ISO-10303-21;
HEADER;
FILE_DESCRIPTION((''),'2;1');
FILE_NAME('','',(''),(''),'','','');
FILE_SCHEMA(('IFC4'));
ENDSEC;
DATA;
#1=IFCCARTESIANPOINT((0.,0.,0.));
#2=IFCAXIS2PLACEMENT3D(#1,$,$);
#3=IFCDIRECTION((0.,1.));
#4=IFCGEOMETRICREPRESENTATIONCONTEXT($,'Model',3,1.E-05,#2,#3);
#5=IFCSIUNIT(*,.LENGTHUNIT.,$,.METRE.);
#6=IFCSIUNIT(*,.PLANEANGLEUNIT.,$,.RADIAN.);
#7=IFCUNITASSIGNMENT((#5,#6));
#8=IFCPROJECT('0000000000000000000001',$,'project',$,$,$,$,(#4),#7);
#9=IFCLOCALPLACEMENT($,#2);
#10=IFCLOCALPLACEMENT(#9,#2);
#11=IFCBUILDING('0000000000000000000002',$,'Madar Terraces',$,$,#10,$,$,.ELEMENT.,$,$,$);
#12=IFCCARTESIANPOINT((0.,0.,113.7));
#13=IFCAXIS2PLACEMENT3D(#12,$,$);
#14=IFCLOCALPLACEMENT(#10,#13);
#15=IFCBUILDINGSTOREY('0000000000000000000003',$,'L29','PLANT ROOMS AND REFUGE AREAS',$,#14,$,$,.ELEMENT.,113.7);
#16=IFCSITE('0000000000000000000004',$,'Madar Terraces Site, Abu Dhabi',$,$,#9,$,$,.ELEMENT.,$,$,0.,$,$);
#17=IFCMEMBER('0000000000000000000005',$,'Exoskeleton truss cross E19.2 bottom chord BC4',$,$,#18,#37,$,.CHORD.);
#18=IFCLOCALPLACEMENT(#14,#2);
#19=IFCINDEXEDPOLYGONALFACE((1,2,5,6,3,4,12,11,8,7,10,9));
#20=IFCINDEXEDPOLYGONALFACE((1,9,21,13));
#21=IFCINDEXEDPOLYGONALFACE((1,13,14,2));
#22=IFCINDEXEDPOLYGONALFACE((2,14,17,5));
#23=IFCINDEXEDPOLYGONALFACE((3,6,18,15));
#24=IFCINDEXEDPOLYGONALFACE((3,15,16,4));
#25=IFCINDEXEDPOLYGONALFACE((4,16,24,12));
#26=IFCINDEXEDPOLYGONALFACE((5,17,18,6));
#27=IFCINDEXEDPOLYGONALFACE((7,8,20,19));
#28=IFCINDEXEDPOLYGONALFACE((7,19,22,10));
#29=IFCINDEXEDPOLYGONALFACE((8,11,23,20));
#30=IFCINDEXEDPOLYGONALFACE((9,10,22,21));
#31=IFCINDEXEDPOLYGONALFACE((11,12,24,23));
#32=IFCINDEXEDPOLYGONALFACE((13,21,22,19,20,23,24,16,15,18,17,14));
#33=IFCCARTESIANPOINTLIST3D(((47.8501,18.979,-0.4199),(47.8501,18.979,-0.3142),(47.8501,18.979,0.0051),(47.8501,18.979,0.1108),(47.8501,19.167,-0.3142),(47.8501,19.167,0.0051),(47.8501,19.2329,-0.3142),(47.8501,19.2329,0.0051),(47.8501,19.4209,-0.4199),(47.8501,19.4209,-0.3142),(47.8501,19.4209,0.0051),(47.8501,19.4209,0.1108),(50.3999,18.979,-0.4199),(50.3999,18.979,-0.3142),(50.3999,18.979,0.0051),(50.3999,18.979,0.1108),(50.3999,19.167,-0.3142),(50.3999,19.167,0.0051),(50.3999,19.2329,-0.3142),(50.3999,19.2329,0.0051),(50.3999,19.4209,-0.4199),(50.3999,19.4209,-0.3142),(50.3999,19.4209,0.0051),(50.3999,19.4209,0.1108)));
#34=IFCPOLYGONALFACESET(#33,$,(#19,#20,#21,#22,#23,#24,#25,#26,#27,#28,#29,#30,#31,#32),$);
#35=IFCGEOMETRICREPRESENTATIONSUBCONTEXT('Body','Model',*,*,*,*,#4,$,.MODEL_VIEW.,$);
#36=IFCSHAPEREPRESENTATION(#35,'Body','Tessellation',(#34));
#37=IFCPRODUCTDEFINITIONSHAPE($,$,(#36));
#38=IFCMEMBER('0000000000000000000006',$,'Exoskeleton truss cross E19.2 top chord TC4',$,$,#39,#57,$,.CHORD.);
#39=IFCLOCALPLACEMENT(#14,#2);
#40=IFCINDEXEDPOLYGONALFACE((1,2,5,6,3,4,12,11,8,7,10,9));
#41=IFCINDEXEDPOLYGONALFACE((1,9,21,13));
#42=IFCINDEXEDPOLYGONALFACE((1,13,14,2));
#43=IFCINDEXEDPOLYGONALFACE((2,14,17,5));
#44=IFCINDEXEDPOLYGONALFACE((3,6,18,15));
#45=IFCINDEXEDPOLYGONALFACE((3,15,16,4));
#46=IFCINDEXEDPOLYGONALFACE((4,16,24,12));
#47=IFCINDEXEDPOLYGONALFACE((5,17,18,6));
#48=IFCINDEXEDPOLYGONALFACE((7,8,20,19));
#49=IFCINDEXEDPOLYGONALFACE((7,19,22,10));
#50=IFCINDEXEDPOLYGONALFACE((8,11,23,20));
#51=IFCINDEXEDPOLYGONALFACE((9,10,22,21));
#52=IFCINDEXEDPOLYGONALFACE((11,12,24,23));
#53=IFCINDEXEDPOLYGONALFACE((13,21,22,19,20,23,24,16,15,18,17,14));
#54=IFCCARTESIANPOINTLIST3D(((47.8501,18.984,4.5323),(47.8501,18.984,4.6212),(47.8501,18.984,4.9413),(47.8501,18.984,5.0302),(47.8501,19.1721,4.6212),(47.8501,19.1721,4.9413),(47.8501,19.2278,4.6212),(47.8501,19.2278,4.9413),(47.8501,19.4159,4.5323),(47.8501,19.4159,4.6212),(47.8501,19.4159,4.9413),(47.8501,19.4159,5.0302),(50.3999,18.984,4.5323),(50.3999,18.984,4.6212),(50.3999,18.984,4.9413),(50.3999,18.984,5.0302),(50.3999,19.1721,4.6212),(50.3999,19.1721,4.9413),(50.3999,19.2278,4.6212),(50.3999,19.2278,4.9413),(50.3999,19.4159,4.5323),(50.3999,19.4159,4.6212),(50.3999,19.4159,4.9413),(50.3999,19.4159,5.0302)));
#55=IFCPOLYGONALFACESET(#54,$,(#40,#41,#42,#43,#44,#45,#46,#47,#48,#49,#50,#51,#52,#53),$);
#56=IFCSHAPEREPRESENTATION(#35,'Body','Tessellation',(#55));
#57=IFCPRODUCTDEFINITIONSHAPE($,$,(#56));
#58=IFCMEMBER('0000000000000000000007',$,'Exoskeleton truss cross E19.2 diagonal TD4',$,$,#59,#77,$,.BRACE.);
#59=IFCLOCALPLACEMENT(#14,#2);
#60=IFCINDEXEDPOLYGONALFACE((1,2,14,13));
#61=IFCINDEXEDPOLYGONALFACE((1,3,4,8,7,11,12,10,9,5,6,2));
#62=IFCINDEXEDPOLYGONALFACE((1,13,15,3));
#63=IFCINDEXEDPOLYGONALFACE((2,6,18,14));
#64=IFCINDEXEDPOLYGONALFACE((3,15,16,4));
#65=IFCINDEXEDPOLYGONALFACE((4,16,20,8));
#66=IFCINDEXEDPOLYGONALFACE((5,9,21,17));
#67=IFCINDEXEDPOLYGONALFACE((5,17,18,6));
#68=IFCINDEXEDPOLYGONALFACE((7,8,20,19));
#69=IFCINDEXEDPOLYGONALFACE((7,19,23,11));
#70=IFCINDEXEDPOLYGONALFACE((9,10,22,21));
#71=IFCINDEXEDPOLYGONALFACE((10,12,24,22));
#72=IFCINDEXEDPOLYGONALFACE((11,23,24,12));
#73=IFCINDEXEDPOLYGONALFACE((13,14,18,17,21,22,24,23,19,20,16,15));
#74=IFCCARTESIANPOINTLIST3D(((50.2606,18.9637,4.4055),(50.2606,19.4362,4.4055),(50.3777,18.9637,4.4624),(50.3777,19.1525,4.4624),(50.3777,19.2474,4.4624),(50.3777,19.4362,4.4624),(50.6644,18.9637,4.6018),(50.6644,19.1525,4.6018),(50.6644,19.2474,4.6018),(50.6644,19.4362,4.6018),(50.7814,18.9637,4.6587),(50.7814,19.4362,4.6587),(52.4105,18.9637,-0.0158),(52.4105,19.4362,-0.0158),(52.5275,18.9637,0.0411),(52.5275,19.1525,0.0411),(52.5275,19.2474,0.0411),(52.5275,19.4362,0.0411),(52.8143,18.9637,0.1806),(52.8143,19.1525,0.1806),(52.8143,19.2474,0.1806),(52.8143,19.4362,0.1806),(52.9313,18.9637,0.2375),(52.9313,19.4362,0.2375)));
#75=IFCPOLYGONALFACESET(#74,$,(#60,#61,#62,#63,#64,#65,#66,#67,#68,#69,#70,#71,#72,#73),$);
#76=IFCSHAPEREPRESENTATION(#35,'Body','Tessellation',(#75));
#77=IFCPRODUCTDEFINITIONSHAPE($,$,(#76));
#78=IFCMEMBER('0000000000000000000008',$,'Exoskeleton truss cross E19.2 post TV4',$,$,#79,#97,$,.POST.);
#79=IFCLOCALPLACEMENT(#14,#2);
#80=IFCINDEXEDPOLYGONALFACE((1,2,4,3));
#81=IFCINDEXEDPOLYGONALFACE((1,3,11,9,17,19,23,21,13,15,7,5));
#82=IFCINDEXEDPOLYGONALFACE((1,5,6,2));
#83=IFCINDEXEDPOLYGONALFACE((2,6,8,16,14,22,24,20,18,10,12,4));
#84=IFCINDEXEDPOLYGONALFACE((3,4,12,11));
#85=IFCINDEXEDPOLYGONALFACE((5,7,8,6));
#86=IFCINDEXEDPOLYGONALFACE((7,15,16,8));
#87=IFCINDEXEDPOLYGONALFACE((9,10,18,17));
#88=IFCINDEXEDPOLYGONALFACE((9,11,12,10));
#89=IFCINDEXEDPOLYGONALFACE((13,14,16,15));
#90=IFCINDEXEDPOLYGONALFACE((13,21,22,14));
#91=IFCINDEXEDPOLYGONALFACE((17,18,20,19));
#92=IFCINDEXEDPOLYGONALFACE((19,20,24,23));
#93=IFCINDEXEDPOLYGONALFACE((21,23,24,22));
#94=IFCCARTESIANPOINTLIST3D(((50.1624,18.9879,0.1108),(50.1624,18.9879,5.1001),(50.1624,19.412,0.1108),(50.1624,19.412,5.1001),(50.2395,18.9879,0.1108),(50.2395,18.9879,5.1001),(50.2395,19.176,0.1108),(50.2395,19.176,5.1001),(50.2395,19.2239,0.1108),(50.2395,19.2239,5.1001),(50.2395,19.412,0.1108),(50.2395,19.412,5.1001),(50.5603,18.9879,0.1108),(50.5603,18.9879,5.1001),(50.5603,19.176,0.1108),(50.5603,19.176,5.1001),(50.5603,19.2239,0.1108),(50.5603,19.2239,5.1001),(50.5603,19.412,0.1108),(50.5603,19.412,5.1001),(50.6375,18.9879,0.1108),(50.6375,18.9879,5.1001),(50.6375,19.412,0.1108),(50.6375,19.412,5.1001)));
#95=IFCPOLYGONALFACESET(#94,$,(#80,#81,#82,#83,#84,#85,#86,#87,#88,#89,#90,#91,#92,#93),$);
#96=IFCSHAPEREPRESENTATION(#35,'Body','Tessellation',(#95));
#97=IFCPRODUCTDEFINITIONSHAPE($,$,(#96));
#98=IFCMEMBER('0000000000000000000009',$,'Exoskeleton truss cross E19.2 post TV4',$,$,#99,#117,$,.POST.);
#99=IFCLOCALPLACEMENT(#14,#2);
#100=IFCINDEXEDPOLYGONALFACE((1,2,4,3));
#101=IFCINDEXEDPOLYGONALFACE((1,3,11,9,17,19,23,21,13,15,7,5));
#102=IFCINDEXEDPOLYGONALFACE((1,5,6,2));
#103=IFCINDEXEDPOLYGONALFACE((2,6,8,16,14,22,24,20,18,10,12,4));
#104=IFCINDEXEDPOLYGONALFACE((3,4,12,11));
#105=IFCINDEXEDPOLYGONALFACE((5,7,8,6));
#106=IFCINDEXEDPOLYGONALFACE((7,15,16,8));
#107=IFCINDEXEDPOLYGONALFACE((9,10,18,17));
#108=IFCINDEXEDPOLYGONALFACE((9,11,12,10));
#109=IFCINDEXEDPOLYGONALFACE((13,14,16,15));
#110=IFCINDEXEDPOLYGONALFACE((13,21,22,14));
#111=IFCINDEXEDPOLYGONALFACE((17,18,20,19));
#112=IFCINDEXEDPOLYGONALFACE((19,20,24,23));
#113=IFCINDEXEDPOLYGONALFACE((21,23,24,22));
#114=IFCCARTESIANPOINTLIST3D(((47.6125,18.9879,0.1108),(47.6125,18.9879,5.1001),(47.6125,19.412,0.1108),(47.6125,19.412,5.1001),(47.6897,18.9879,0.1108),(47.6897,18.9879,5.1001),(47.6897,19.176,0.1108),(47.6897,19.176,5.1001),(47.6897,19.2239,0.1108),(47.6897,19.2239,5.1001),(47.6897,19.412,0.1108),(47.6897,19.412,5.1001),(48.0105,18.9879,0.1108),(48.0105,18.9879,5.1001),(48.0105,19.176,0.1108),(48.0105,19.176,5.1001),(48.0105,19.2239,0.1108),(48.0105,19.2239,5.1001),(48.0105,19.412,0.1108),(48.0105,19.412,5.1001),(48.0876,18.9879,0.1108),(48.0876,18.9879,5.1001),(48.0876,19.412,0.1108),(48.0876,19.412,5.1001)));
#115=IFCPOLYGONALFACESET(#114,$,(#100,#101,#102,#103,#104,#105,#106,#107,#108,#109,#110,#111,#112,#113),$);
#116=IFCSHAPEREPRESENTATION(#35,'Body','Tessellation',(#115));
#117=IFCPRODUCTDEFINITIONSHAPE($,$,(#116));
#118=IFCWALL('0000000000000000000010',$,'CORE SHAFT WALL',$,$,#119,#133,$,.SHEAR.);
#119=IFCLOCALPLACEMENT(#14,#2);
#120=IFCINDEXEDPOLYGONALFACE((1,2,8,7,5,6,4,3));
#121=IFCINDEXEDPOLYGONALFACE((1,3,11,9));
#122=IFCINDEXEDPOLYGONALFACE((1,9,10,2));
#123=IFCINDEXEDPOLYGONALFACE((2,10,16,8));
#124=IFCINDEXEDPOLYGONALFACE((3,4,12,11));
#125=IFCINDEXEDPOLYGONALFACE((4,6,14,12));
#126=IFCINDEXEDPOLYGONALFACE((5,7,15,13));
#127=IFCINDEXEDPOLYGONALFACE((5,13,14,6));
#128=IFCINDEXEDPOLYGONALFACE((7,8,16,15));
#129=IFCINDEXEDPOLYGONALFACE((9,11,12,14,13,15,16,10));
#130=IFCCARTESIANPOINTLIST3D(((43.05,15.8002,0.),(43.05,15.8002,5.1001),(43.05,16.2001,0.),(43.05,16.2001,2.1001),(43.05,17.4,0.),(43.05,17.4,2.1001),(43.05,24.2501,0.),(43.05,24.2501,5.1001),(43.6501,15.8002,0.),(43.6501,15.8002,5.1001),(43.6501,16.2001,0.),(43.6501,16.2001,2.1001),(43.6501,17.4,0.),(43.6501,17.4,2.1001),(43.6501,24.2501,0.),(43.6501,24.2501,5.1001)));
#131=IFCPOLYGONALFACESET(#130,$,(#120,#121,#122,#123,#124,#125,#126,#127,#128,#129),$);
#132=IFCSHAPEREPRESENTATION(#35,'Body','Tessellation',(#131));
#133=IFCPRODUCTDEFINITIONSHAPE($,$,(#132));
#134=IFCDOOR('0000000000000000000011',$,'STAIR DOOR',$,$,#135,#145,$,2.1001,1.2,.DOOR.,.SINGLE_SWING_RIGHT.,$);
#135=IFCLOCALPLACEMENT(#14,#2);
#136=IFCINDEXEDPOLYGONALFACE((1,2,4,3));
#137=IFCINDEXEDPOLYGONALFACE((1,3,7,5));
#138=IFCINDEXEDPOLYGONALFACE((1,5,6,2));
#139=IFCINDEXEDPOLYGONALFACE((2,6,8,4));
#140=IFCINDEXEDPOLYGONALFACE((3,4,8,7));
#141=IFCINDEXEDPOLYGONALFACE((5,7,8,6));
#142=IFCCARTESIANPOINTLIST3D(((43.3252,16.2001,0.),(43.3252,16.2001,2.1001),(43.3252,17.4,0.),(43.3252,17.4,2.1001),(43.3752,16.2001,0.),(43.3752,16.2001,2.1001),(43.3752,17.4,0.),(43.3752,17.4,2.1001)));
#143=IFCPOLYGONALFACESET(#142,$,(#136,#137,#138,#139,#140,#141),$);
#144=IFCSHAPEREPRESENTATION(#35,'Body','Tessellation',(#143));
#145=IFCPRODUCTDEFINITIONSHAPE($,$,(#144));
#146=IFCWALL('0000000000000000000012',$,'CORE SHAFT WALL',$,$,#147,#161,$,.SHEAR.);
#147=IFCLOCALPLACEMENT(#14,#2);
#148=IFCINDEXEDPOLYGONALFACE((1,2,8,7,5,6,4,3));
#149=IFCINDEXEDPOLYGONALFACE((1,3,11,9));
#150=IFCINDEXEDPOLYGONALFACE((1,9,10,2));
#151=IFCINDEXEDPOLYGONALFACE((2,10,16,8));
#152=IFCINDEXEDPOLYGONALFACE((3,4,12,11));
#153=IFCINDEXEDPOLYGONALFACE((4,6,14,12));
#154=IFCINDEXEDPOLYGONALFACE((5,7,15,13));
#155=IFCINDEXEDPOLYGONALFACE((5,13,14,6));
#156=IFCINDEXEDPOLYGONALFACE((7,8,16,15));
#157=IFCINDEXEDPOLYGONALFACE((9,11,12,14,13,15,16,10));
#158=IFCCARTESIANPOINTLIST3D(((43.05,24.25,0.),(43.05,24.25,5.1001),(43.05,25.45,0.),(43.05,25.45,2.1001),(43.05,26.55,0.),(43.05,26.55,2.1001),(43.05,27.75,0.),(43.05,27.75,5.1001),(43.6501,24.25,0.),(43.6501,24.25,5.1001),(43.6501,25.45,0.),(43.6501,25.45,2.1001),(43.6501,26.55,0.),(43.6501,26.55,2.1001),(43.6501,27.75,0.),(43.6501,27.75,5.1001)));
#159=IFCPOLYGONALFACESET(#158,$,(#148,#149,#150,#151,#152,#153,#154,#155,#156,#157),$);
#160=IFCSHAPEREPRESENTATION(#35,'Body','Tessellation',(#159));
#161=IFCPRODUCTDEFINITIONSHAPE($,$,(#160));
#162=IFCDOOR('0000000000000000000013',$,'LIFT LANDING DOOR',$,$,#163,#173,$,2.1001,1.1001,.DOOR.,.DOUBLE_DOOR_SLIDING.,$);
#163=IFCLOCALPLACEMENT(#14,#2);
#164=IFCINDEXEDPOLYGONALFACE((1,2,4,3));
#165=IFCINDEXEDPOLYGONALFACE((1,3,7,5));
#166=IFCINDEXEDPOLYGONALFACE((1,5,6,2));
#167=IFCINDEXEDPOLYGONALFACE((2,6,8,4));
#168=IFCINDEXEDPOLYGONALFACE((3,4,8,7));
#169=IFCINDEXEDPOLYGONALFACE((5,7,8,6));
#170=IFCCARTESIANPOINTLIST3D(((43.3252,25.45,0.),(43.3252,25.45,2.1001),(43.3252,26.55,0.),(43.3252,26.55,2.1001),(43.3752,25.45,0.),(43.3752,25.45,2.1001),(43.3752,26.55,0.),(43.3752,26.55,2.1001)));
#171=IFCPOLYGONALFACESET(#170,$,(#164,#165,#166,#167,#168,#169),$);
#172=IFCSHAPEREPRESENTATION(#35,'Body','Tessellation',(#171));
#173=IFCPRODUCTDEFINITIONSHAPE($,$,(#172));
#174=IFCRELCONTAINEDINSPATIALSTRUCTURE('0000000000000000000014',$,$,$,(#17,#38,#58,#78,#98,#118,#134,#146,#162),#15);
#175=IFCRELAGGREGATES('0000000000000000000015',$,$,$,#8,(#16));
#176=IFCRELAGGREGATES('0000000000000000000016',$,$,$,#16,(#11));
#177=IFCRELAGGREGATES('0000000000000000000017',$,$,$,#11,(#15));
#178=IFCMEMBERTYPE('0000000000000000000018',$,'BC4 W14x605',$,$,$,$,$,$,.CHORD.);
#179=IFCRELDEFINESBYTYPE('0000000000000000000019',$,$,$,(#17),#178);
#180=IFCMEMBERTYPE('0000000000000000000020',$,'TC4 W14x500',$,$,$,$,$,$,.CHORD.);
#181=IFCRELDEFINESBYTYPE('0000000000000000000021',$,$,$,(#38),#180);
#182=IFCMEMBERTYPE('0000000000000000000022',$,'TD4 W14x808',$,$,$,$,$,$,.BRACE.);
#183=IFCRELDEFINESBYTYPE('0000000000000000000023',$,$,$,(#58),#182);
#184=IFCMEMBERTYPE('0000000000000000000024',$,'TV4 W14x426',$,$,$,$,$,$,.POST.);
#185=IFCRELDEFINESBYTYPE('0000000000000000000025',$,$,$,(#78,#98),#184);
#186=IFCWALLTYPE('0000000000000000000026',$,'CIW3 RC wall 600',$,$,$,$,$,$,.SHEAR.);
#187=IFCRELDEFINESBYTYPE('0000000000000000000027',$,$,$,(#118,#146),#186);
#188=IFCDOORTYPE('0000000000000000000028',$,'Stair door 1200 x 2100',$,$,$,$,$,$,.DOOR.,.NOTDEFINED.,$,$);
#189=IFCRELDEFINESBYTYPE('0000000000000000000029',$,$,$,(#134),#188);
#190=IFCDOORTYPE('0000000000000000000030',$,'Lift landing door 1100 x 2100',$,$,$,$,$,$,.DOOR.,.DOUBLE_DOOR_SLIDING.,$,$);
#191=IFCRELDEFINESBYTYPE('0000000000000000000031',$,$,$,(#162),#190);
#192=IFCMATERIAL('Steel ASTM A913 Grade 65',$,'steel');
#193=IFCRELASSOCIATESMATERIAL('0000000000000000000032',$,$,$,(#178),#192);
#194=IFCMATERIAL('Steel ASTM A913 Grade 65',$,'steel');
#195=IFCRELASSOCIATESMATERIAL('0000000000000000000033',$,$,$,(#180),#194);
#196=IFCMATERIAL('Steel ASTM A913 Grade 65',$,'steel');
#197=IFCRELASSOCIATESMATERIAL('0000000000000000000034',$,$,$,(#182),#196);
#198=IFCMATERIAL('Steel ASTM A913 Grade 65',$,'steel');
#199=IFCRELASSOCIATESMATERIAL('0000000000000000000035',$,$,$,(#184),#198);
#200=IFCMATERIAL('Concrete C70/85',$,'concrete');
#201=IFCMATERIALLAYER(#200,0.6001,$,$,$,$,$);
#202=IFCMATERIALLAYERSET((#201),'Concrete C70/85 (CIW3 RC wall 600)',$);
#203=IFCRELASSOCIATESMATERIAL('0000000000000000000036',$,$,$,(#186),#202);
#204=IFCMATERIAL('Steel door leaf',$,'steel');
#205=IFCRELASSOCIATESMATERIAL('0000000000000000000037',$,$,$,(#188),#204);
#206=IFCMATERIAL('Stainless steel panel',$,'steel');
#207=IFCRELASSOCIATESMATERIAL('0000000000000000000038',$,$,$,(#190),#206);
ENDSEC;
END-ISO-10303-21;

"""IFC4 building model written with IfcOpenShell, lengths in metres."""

from ifc_helpers import new_model, si_unit, direction, frame, frame_2d, origin, origin_2d, place, context, subcontext, project, spatial, rectangle, i_section, extrude, material, layer, layer_set, material_profile, profile_set, type_object, element, fill, save


model = new_model("IFC4")

# Units and contexts
model_context = context("Model", 3, precision=1e-05, world=origin(), true_north=direction((0.0, 1.0)))
body_context = subcontext(model_context, "Body", "Model", "MODEL_VIEW")
ifc_project = project(units=[si_unit("LENGTHUNIT", "METRE"), si_unit("PLANEANGLEUNIT", "RADIAN")], contexts=[model_context])

# Site, building, storey
site_placement = place(None, origin())
site = spatial("IfcSite", under=ifc_project, at=site_placement, Name="Madar Terraces Site, Abu Dhabi", CompositionType="ELEMENT", RefElevation=0.0)
building_placement = place(site_placement, origin())
building = spatial("IfcBuilding", under=site, at=building_placement, Name="Madar Terraces", CompositionType="ELEMENT")
storey_placement = place(building_placement, frame((0.0, 0.0, 113.7)))
storey = spatial("IfcBuildingStorey", under=building, at=storey_placement, Name="L29", Description="PLANT ROOMS AND REFUGE AREAS", CompositionType="ELEMENT", Elevation=113.7)

# Members
ifc_material_1 = material(Name="Steel ASTM A913 Grade 65", Category="steel")
ifc_material_profile_1 = material_profile(ifc_material_1, i_section(OverallWidth=0.4419, OverallDepth=0.5308, WebThickness=0.0659, FlangeThickness=0.1057, at=origin_2d()), Name="W14x605")
ifc_profile_set_1 = profile_set([ifc_material_profile_1], Name="Steel ASTM A913 Grade 65")
member_type_1 = type_object("IfcMemberType", Name="BC4 W14x605", PredefinedType="CHORD", material=ifc_profile_set_1)
member_1_placement = place(storey_placement, frame((50.3999, 19.2, -0.1545), z_axis=(-1.0, 0.0, 0.0), x_axis=(0.0, -1.0, 0.0)))
element("IfcMember", 1, at=member_1_placement, inside=storey, type_object=member_type_1, Name="Exoskeleton truss cross E19.2 bottom chord BC4", PredefinedType="CHORD", context=body_context, shape_type="SweptSolid", body=[
    extrude(i_section(OverallWidth=0.4419, OverallDepth=0.5308, WebThickness=0.0659, FlangeThickness=0.1057, at=origin_2d()), origin(), (0.0, 0.0, 1.0), 2.5498),
])
ifc_material_2 = material(Name="Steel ASTM A913 Grade 65", Category="steel")
ifc_material_profile_2 = material_profile(ifc_material_2, i_section(OverallWidth=0.4319, OverallDepth=0.4978, WebThickness=0.0557, FlangeThickness=0.0889, at=origin_2d()), Name="W14x500")
ifc_profile_set_2 = profile_set([ifc_material_profile_2], Name="Steel ASTM A913 Grade 65")
member_type_2 = type_object("IfcMemberType", Name="TC4 W14x500", PredefinedType="CHORD", material=ifc_profile_set_2)
member_2_placement = place(storey_placement, frame((50.3999, 19.2, 4.7812), z_axis=(-1.0, 0.0, 0.0), x_axis=(0.0, -1.0, 0.0)))
element("IfcMember", 2, at=member_2_placement, inside=storey, type_object=member_type_2, Name="Exoskeleton truss cross E19.2 top chord TC4", PredefinedType="CHORD", context=body_context, shape_type="SweptSolid", body=[
    extrude(i_section(OverallWidth=0.4319, OverallDepth=0.4978, WebThickness=0.0557, FlangeThickness=0.0889, at=origin_2d()), origin(), (0.0, 0.0, 1.0), 2.5498),
])
ifc_material_3 = material(Name="Steel ASTM A913 Grade 65", Category="steel")
ifc_material_profile_3 = material_profile(ifc_material_3, i_section(OverallWidth=0.4724, OverallDepth=0.5791, WebThickness=0.095, FlangeThickness=0.1301, at=origin_2d()), Name="W14x808")
ifc_profile_set_3 = profile_set([ifc_material_profile_3], Name="Steel ASTM A913 Grade 65")
member_type_3 = type_object("IfcMemberType", Name="TD4 W14x808", PredefinedType="BRACE", material=ifc_profile_set_3)
member_3_placement = place(storey_placement, frame((52.6709, 19.2, 0.1108), z_axis=(-0.437294, 0.0, 0.899318), x_axis=(0.0, -1.0, 0.0)))
element("IfcMember", 3, at=member_3_placement, inside=storey, type_object=member_type_3, Name="Exoskeleton truss cross E19.2 diagonal TD4", PredefinedType="BRACE", context=body_context, shape_type="SweptSolid", body=[
    extrude(i_section(OverallWidth=0.4724, OverallDepth=0.5791, WebThickness=0.095, FlangeThickness=0.1301, at=origin_2d()), origin(), (0.0, 0.0, 1.0), 4.9163),
])
ifc_material_4 = material(Name="Steel ASTM A913 Grade 65", Category="steel")
ifc_material_profile_4 = material_profile(ifc_material_4, i_section(OverallWidth=0.4241, OverallDepth=0.4751, WebThickness=0.0479, FlangeThickness=0.0771, at=origin_2d()), Name="W14x426")
ifc_profile_set_4 = profile_set([ifc_material_profile_4], Name="Steel ASTM A913 Grade 65")
member_type_4 = type_object("IfcMemberType", Name="TV4 W14x426", PredefinedType="POST", material=ifc_profile_set_4)
for number, where, z_axis, x_axis, name in (
    (4, (50.3999, 19.2, 0.1108), (0.0, 0.0, 1.0), (0.0, 1.0, 0.0), "Exoskeleton truss cross E19.2 post TV4"),
    (5, (47.8501, 19.2, 0.1108), (0.0, 0.0, 1.0), (0.0, 1.0, 0.0), "Exoskeleton truss cross E19.2 post TV4"),
):
    element("IfcMember", number, at=place(storey_placement, frame(where, z_axis=z_axis, x_axis=x_axis)), inside=storey, type_object=member_type_4, Name=name, PredefinedType="POST", context=body_context, shape_type="SweptSolid", body=[
        extrude(i_section(OverallWidth=0.4241, OverallDepth=0.4751, WebThickness=0.0479, FlangeThickness=0.0771, at=origin_2d()), origin(), (0.0, 0.0, 1.0), 4.9893),
    ])

# Walls, openings, doors
ifc_material_5 = material(Name="Concrete C70/85", Category="concrete")
ifc_layer_1 = layer(ifc_material_5, 0.6001)
ifc_layer_set_1 = layer_set([ifc_layer_1], Name="Concrete C70/85 (CIW3 RC wall 600)")
wall_type_1 = type_object("IfcWallType", Name="CIW3 RC wall 600", PredefinedType="SHEAR", material=ifc_layer_set_1)
wall_1_placement = place(storey_placement, frame((43.3501, 15.8, 0.0), z_axis=(0.0, 0.0, 1.0), x_axis=(0.0, 1.0, 0.0)))
wall_1 = element("IfcWall", 6, at=wall_1_placement, inside=storey, type_object=wall_type_1, Name="CORE SHAFT WALL", PredefinedType="SHEAR", context=body_context, shape_type="SweptSolid", body=[
    extrude(rectangle(XDim=8.45, YDim=0.6001, at=frame_2d((4.2251, 0.0))), origin(), (0.0, 0.0, 1.0), 5.1001),
])
opening_1_placement = place(wall_1_placement, frame((0.3999, 0.0, 0.0)))
opening_1 = element("IfcOpeningElement", 7, at=opening_1_placement, cuts=wall_1, PredefinedType="OPENING", context=body_context, shape_type="SweptSolid", body=[
    extrude(rectangle(XDim=1.2, YDim=2.1001, at=frame_2d((0.6001, 1.05))), frame((0.0, 0.3101, 0.0), z_axis=(0.0, -1.0, 0.0), x_axis=(1.0, 0.0, 0.0)), (0.0, 0.0, 1.0), 0.6201),
])
ifc_material_6 = material(Name="Steel door leaf", Category="steel")
door_type_1 = type_object("IfcDoorType", Name="Stair door 1200 x 2100", OperationType="NOTDEFINED", PredefinedType="DOOR", material=ifc_material_6)
door_1_placement = place(opening_1_placement, origin())
door_1 = element("IfcDoor", 8, at=door_1_placement, inside=storey, type_object=door_type_1, Name="STAIR DOOR", OperationType="SINGLE_SWING_RIGHT", OverallHeight=2.1001, OverallWidth=1.2, PredefinedType="DOOR", context=body_context, shape_type="SweptSolid", body=[
    extrude(rectangle(XDim=1.2, YDim=2.1001, at=frame_2d((0.6001, 1.05))), frame((0.0, 0.0249, 0.0), z_axis=(0.0, -1.0, 0.0), x_axis=(1.0, 0.0, 0.0)), (0.0, 0.0, 1.0), 0.05),
])
fill(opening_1, door_1)
wall_2_placement = place(storey_placement, frame((43.3501, 24.25, 0.0), z_axis=(0.0, 0.0, 1.0), x_axis=(0.0, 1.0, 0.0)))
wall_2 = element("IfcWall", 9, at=wall_2_placement, inside=storey, type_object=wall_type_1, Name="CORE SHAFT WALL", PredefinedType="SHEAR", context=body_context, shape_type="SweptSolid", body=[
    extrude(rectangle(XDim=3.5, YDim=0.6001, at=frame_2d((1.75, 0.0))), origin(), (0.0, 0.0, 1.0), 5.1001),
])
opening_2_placement = place(wall_2_placement, frame((1.2, 0.0, 0.0)))
opening_2 = element("IfcOpeningElement", 10, at=opening_2_placement, cuts=wall_2, PredefinedType="OPENING", context=body_context, shape_type="SweptSolid", body=[
    extrude(rectangle(XDim=1.1001, YDim=2.1001, at=frame_2d((0.55, 1.05))), frame((0.0, 0.3101, 0.0), z_axis=(0.0, -1.0, 0.0), x_axis=(1.0, 0.0, 0.0)), (0.0, 0.0, 1.0), 0.6201),
])
ifc_material_7 = material(Name="Stainless steel panel", Category="steel")
door_type_2 = type_object("IfcDoorType", Name="Lift landing door 1100 x 2100", OperationType="DOUBLE_DOOR_SLIDING", PredefinedType="DOOR", material=ifc_material_7)
door_2_placement = place(opening_2_placement, origin())
door_2 = element("IfcDoor", 11, at=door_2_placement, inside=storey, type_object=door_type_2, Name="LIFT LANDING DOOR", OperationType="DOUBLE_DOOR_SLIDING", OverallHeight=2.1001, OverallWidth=1.1001, PredefinedType="DOOR", context=body_context, shape_type="SweptSolid", body=[
    extrude(rectangle(XDim=1.1001, YDim=2.1001, at=frame_2d((0.55, 1.05))), frame((0.0, 0.0249, 0.0), z_axis=(0.0, -1.0, 0.0), x_axis=(1.0, 0.0, 0.0)), (0.0, 0.0, 1.0), 0.05),
])
fill(opening_2, door_2)

save(model, "model.ifc")
